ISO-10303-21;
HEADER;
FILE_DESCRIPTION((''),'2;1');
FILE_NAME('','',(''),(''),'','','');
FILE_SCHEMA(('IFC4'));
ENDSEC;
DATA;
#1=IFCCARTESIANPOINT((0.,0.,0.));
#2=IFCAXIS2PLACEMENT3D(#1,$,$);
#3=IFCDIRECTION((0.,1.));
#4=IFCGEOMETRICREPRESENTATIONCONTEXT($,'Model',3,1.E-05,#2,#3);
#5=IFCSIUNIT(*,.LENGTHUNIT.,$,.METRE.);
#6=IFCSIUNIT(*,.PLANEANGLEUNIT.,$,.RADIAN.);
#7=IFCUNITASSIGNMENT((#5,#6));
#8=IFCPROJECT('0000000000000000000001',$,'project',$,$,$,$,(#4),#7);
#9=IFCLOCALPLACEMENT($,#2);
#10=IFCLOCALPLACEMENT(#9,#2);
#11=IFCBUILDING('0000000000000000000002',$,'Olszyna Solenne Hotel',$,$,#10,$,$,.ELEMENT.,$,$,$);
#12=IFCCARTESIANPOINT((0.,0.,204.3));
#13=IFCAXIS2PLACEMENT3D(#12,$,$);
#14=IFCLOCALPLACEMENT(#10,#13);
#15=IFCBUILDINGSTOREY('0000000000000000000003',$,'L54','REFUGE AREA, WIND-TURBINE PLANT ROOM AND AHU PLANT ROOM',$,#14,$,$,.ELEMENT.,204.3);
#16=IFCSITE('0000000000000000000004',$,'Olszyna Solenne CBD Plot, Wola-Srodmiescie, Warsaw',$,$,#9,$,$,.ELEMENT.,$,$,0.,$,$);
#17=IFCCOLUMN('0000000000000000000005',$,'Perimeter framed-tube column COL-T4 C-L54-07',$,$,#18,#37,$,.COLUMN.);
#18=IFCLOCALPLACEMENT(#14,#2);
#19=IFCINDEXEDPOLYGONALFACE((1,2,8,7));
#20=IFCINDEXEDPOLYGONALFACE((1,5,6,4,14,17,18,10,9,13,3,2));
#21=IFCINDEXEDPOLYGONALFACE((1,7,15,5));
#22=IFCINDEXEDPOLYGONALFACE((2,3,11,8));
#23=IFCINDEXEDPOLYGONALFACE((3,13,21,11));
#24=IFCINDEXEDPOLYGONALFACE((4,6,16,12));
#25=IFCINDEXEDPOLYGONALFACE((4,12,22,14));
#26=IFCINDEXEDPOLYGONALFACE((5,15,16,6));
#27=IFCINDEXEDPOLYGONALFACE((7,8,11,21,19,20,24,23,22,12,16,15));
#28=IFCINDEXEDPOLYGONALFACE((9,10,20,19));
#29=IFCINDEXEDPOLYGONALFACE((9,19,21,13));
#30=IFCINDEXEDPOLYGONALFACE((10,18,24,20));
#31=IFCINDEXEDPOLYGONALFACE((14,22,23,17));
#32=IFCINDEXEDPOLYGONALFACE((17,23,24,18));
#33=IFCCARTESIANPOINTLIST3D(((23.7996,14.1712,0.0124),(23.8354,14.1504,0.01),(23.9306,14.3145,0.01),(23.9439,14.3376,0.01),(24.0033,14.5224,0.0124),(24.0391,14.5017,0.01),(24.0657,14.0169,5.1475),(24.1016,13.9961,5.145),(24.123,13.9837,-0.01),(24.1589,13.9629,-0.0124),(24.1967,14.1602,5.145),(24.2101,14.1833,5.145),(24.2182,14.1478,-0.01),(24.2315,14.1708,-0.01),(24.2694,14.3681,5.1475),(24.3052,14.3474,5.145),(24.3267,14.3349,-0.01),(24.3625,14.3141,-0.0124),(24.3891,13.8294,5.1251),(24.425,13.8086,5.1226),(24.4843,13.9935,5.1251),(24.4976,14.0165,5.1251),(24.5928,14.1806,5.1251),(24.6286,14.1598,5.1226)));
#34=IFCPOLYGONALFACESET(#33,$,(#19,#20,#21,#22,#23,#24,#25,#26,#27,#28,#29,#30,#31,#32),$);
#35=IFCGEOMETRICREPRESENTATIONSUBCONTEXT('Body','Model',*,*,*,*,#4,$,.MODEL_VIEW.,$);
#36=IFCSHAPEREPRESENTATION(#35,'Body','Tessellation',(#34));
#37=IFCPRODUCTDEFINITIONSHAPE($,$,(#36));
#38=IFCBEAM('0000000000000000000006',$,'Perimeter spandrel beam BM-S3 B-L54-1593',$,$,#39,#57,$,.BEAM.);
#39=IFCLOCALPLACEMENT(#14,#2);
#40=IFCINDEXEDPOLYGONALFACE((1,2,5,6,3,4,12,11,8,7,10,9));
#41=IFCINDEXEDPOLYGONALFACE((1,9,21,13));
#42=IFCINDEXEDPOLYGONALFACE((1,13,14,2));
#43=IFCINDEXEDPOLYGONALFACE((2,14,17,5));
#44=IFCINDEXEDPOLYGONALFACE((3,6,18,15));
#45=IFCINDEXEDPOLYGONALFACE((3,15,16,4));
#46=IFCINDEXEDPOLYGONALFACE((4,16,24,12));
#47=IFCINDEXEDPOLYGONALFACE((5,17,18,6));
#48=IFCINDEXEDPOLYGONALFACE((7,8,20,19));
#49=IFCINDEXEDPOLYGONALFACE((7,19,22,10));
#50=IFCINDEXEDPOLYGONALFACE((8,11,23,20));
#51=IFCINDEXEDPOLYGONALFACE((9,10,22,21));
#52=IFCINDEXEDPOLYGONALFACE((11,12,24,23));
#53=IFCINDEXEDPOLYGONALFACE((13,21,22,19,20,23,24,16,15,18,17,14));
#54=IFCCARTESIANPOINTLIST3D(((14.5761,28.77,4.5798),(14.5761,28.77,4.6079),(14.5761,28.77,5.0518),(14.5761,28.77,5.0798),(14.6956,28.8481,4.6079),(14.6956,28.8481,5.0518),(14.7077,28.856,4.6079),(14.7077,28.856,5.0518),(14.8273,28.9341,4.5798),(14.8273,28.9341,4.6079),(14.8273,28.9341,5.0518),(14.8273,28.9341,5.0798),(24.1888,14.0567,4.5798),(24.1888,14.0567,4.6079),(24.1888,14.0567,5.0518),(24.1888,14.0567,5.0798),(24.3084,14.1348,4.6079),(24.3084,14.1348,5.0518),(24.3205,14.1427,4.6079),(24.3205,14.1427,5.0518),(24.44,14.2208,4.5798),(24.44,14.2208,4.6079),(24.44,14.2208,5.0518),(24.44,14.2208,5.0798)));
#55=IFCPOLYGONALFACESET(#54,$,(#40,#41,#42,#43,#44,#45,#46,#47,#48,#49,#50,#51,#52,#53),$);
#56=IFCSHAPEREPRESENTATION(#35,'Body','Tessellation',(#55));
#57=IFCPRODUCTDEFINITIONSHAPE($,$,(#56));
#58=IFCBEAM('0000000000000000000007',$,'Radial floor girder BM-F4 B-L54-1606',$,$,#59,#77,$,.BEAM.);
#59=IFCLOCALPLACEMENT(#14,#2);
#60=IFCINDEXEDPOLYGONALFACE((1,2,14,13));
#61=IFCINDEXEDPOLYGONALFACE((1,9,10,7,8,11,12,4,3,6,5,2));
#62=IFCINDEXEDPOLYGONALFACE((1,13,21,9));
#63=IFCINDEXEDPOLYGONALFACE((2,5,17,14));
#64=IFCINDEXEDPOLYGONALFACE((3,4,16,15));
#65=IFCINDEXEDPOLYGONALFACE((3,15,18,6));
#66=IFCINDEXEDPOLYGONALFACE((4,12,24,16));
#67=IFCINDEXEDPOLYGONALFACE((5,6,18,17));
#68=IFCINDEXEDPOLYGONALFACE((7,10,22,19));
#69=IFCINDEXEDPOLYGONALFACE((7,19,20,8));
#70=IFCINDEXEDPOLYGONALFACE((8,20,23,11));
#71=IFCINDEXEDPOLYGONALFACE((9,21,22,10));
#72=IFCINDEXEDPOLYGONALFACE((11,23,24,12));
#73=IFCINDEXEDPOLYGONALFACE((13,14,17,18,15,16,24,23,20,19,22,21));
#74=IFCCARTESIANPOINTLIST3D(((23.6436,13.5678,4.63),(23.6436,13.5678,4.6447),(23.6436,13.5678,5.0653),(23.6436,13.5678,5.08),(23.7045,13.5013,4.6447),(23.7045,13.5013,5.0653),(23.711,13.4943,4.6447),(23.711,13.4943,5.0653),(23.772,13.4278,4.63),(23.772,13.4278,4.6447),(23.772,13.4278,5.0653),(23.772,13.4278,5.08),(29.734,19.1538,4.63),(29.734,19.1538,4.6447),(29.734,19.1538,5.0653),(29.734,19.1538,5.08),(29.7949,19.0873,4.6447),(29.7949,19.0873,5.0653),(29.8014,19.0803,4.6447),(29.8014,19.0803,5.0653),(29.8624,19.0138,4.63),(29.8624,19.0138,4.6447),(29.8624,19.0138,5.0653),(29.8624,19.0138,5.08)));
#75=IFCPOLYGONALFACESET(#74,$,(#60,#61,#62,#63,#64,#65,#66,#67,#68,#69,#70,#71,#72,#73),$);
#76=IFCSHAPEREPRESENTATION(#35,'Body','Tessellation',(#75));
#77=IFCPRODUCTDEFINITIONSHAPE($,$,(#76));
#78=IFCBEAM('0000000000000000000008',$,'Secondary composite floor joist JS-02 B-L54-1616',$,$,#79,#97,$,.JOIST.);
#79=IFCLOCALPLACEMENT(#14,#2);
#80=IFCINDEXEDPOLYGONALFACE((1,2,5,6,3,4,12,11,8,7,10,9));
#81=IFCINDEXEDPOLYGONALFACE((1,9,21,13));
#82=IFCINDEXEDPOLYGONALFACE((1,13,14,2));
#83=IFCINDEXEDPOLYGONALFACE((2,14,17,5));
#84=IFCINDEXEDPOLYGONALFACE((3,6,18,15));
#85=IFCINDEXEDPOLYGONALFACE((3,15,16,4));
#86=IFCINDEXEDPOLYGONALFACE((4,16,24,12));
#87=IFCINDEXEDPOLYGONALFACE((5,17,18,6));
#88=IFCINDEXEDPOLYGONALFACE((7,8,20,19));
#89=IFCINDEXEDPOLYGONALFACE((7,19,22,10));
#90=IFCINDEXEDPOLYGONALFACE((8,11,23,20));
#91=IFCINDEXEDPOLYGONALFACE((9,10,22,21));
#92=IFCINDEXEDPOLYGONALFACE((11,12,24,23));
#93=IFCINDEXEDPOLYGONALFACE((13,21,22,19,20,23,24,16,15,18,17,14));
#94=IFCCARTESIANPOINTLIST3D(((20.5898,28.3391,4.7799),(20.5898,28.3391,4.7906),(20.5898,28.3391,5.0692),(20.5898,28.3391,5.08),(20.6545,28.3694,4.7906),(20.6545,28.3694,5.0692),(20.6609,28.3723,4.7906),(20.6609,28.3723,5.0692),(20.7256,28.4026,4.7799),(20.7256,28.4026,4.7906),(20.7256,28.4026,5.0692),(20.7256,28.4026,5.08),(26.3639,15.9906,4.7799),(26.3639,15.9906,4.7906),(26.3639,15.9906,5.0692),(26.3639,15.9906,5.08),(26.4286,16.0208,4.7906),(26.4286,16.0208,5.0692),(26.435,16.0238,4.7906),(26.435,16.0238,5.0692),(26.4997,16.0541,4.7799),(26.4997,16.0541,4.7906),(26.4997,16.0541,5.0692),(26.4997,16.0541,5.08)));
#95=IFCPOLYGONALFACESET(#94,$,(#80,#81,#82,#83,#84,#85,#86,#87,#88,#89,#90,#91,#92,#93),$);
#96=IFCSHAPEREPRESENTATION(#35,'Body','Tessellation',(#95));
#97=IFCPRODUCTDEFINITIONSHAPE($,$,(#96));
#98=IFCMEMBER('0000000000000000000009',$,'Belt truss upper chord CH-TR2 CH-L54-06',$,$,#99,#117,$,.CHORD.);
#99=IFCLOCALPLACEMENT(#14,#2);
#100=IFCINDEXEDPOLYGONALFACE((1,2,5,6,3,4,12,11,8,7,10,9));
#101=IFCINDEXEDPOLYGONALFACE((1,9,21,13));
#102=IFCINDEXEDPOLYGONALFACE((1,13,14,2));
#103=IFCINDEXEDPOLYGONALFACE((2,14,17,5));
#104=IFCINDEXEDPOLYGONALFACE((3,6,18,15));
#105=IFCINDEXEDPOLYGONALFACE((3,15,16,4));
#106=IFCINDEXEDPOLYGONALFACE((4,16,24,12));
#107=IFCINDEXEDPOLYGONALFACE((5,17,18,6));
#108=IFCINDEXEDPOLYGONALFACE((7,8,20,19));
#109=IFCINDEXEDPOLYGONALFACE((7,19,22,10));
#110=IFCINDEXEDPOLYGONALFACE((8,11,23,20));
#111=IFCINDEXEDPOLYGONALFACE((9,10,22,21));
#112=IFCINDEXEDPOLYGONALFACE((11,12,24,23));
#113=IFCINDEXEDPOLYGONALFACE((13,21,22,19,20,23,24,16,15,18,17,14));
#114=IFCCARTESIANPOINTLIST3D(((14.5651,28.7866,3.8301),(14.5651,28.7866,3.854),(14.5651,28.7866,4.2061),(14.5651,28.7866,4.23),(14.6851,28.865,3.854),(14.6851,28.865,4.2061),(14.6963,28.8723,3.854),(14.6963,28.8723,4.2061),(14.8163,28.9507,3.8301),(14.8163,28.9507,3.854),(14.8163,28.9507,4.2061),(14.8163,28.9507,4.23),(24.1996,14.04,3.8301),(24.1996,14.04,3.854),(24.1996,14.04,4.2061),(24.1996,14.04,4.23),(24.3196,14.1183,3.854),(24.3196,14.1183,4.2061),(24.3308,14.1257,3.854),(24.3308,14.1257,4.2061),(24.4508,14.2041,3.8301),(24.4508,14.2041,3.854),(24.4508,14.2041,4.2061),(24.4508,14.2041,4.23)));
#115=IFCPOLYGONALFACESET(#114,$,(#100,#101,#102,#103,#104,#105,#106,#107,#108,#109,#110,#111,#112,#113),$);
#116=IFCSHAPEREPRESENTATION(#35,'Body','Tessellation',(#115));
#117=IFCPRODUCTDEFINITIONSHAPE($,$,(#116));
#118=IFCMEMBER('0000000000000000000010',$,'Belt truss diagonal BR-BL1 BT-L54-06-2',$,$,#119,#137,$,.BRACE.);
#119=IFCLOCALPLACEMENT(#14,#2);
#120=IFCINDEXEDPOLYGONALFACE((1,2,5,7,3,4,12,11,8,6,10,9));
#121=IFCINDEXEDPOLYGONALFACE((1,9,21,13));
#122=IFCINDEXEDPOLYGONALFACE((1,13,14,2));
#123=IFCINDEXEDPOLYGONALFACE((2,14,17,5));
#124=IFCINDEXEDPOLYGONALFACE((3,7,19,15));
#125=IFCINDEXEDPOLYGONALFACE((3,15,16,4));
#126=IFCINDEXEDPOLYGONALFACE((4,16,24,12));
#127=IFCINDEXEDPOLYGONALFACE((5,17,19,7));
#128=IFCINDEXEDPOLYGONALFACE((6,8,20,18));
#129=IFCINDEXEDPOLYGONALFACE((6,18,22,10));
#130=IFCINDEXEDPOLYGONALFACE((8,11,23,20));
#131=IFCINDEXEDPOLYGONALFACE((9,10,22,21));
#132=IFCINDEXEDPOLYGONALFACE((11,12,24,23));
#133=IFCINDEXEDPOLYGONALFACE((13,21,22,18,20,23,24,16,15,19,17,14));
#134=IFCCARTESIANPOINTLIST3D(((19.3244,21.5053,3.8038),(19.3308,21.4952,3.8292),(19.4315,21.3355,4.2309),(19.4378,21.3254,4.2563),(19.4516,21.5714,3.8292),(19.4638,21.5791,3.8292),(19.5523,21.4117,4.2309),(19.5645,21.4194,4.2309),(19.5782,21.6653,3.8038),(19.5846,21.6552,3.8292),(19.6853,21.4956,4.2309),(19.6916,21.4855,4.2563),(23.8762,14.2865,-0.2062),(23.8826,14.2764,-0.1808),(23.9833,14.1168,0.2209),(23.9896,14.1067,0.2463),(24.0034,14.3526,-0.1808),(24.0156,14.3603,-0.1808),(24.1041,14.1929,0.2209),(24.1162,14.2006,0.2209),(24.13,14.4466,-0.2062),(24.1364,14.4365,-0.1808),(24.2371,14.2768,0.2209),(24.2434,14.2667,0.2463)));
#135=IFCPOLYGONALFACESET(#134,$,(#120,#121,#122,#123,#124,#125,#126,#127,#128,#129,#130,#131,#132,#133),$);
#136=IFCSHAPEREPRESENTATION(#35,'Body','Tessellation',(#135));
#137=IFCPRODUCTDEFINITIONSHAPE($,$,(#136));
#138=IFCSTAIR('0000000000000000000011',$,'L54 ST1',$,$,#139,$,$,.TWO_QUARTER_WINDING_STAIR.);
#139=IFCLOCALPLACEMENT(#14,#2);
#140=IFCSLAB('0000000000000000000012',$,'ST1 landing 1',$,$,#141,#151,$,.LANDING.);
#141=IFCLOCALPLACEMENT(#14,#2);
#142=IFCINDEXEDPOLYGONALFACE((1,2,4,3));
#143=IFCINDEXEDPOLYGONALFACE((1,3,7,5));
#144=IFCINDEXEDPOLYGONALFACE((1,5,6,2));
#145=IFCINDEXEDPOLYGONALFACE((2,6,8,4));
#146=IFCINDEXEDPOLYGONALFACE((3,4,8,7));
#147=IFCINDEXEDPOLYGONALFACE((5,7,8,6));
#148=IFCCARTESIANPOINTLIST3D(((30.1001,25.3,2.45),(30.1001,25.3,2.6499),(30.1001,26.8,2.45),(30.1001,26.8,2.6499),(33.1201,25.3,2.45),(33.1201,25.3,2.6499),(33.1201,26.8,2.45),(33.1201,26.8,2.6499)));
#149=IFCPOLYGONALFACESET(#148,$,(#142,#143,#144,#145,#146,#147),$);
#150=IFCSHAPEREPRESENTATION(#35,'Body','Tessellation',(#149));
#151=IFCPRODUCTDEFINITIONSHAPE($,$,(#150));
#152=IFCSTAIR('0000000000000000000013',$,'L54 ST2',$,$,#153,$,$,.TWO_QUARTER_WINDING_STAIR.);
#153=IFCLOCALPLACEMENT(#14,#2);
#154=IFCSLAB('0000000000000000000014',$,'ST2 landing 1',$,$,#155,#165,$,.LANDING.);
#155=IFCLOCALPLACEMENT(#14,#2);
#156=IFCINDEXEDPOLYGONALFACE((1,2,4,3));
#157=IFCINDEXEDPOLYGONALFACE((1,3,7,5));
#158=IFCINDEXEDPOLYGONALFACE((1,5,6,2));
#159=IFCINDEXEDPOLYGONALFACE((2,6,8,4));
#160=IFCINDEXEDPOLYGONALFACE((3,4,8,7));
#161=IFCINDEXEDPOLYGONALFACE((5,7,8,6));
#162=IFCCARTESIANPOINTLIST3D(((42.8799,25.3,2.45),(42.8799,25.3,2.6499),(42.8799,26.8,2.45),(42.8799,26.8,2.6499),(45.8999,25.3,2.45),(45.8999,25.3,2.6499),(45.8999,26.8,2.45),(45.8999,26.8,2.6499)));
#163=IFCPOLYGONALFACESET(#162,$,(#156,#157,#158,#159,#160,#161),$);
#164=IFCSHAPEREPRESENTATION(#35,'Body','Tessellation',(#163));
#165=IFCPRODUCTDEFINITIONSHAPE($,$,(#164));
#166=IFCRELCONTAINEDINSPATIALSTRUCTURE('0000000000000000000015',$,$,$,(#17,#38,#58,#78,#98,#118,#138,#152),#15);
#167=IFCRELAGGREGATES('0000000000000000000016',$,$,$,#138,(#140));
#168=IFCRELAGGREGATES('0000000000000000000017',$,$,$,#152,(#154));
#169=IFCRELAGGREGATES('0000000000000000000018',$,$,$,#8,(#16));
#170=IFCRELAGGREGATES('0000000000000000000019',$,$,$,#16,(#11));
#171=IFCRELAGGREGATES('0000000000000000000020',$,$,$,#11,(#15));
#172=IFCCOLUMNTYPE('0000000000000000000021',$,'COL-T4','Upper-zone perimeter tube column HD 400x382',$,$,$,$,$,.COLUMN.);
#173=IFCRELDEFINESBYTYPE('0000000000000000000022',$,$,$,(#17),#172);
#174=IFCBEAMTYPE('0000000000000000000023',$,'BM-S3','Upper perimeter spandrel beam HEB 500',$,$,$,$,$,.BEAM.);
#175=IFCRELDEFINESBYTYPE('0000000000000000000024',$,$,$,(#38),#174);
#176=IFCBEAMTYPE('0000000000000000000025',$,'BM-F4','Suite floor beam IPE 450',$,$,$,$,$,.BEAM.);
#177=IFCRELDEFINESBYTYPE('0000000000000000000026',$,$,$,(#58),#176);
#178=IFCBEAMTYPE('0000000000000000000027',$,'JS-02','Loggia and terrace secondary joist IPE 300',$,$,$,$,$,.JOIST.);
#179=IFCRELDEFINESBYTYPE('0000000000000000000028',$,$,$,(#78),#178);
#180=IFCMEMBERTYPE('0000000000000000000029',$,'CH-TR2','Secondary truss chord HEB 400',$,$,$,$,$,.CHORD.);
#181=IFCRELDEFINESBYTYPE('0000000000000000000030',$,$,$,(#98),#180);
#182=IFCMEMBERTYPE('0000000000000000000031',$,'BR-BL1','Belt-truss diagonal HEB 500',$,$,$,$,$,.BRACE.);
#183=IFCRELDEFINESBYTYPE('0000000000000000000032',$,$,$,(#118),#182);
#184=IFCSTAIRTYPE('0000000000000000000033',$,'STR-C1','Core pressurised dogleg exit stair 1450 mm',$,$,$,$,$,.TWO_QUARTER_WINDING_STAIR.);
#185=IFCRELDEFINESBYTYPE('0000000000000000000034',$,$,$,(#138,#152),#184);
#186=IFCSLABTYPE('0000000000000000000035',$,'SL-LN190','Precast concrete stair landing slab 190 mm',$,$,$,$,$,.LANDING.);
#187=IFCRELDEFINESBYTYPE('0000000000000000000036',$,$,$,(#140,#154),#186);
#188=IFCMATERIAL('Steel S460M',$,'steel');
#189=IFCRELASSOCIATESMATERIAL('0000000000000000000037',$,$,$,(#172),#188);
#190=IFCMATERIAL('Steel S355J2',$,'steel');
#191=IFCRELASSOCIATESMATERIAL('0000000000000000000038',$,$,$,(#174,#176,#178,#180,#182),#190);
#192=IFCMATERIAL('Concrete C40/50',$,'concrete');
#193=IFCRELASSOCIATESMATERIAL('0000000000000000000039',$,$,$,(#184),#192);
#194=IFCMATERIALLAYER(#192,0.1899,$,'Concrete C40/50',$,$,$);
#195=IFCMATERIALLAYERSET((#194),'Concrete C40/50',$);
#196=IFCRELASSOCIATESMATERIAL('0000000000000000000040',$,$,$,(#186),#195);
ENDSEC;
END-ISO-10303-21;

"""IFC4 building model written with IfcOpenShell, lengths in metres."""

from ifc_helpers import new_model, si_unit, direction, frame, origin, origin_2d, place, context, subcontext, project, spatial, polyline, i_section, outline, extrude, source, transform, mapped, material, layer, layer_set, material_profile, profile_set, type_object, element, aggregate, save


model = new_model("IFC4")

# Units and contexts
model_context = context("Model", 3, precision=1e-05, world=origin(), true_north=direction((0.0, 1.0)))
body_context = subcontext(model_context, "Body", "Model", "MODEL_VIEW")
ifc_project = project(units=[si_unit("LENGTHUNIT", "METRE"), si_unit("PLANEANGLEUNIT", "RADIAN")], contexts=[model_context])

# Site, building, storey
site_placement = place(None, origin())
site = spatial("IfcSite", under=ifc_project, at=site_placement, Name="Olszyna Solenne CBD Plot, Wola-Srodmiescie, Warsaw", CompositionType="ELEMENT", RefElevation=0.0)
building_placement = place(site_placement, origin())
building = spatial("IfcBuilding", under=site, at=building_placement, Name="Olszyna Solenne Hotel", CompositionType="ELEMENT")
storey_placement = place(building_placement, frame((0.0, 0.0, 204.3)))
storey = spatial("IfcBuildingStorey", under=building, at=storey_placement, Name="L54", Description="REFUGE AREA, WIND-TURBINE PLANT ROOM AND AHU PLANT ROOM", CompositionType="ELEMENT", Elevation=204.3)

# Column
ifc_material_1 = material(Name="Steel S460M", Category="steel")
ifc_material_profile_1 = material_profile(ifc_material_1, i_section(OverallWidth=0.406, OverallDepth=0.416, WebThickness=0.0266, FlangeThickness=0.0415, at=origin_2d()), Name="HD 400x382", Category="load-bearing")
ifc_profile_set_1 = profile_set([ifc_material_profile_1], Name="Steel S460M")
column_type = type_object("IfcColumnType", Name="COL-T4", Description="Upper-zone perimeter tube column HD 400x382", PredefinedType="COLUMN", material=ifc_profile_set_1)
shared_shape_1 = source(origin(), body_context, "Body", "SweptSolid", [
    extrude(i_section(OverallWidth=0.406, OverallDepth=0.416, WebThickness=0.0266, FlangeThickness=0.0415, at=origin_2d()), origin(), (0.0, 0.0, 1.0), 5.1443),
])
column_placement = place(storey_placement, frame((24.0811, 14.2427, 0.0), z_axis=(0.051731, -0.029994, 0.998211), x_axis=(0.501599, 0.8651, 0.0)))
element("IfcColumn", 1, at=column_placement, inside=storey, type_object=column_type, Name="Perimeter framed-tube column COL-T4 C-L54-07", PredefinedType="COLUMN", context=body_context, shape_type="MappedRepresentation", body=[
    mapped(shared_shape_1, transform((0.0, 0.0, 0.0), x_axis=(1.0, 0.0, 0.0), y_axis=(0.0, 1.0, 0.0), z_axis=(0.0, 0.0, 1.0), scale=1.0)),
])

# Beams
ifc_material_2 = material(Name="Steel S355J2", Category="steel")
ifc_material_profile_2 = material_profile(ifc_material_2, i_section(OverallWidth=0.3, OverallDepth=0.5, WebThickness=0.0144, FlangeThickness=0.0281, at=origin_2d()), Name="HEB 500", Category="load-bearing")
ifc_profile_set_2 = profile_set([ifc_material_profile_2], Name="Steel S355J2")
beam_type_1 = type_object("IfcBeamType", Name="BM-S3", Description="Upper perimeter spandrel beam HEB 500", PredefinedType="BEAM", material=ifc_profile_set_2)
shared_shape_2 = source(origin(), body_context, "Body", "SweptSolid", [
    extrude(i_section(OverallWidth=0.3, OverallDepth=0.5, WebThickness=0.0144, FlangeThickness=0.0281, at=origin_2d()), origin(), (0.0, 0.0, 1.0), 17.5752),
])
beam_1_placement = place(storey_placement, frame((14.7017, 28.8521, 4.8298), z_axis=(0.546951, -0.837165, 0.0), x_axis=(0.837165, 0.546951, 0.0)))
element("IfcBeam", 2, at=beam_1_placement, inside=storey, type_object=beam_type_1, Name="Perimeter spandrel beam BM-S3 B-L54-1593", PredefinedType="BEAM", context=body_context, shape_type="MappedRepresentation", body=[
    mapped(shared_shape_2, transform((0.0, 0.0, 0.0), x_axis=(1.0, 0.0, 0.0), y_axis=(0.0, 1.0, 0.0), z_axis=(0.0, 0.0, 1.0), scale=1.0)),
])
ifc_material_profile_3 = material_profile(ifc_material_2, i_section(OverallWidth=0.1899, OverallDepth=0.45, WebThickness=0.0095, FlangeThickness=0.0146, at=origin_2d()), Name="IPE 450", Category="load-bearing")
ifc_profile_set_3 = profile_set([ifc_material_profile_3], Name="Steel S355J2")
beam_type_2 = type_object("IfcBeamType", Name="BM-F4", Description="Suite floor beam IPE 450", PredefinedType="BEAM", material=ifc_profile_set_3)
shared_shape_3 = source(origin(), body_context, "Body", "SweptSolid", [
    extrude(i_section(OverallWidth=0.1899, OverallDepth=0.45, WebThickness=0.0095, FlangeThickness=0.0146, at=origin_2d()), origin(), (0.0, 0.0, 1.0), 8.2642),
])
beam_2_placement = place(storey_placement, frame((23.7078, 13.4978, 4.855), z_axis=(0.736965, 0.675931, 0.0), x_axis=(-0.675931, 0.736965, 0.0)))
element("IfcBeam", 3, at=beam_2_placement, inside=storey, type_object=beam_type_2, Name="Radial floor girder BM-F4 B-L54-1606", PredefinedType="BEAM", context=body_context, shape_type="MappedRepresentation", body=[
    mapped(shared_shape_3, transform((0.0, 0.0, 0.0), x_axis=(1.0, 0.0, 0.0), y_axis=(0.0, 1.0, 0.0), z_axis=(0.0, 0.0, 1.0), scale=1.0)),
])
ifc_material_profile_4 = material_profile(ifc_material_2, i_section(OverallWidth=0.1499, OverallDepth=0.3, WebThickness=0.0071, FlangeThickness=0.0107, at=origin_2d()), Name="IPE 300", Category="load-bearing")
ifc_profile_set_4 = profile_set([ifc_material_profile_4], Name="Steel S355J2")
beam_type_3 = type_object("IfcBeamType", Name="JS-02", Description="Loggia and terrace secondary joist IPE 300", PredefinedType="JOIST", material=ifc_profile_set_4)
shared_shape_4 = source(origin(), body_context, "Body", "SweptSolid", [
    extrude(i_section(OverallWidth=0.1499, OverallDepth=0.3, WebThickness=0.0071, FlangeThickness=0.0107, at=origin_2d()), origin(), (0.0, 0.0, 1.0), 13.6318),
])
beam_3_placement = place(storey_placement, frame((20.6577, 28.3708, 4.9299), z_axis=(0.423577, -0.90586, 0.0), x_axis=(0.90586, 0.423577, 0.0)))
element("IfcBeam", 4, at=beam_3_placement, inside=storey, type_object=beam_type_3, Name="Secondary composite floor joist JS-02 B-L54-1616", PredefinedType="JOIST", context=body_context, shape_type="MappedRepresentation", body=[
    mapped(shared_shape_4, transform((0.0, 0.0, 0.0), x_axis=(1.0, 0.0, 0.0), y_axis=(0.0, 1.0, 0.0), z_axis=(0.0, 0.0, 1.0), scale=1.0)),
])

# Members
ifc_material_profile_5 = material_profile(ifc_material_2, i_section(OverallWidth=0.3, OverallDepth=0.3999, WebThickness=0.0134, FlangeThickness=0.0239, at=origin_2d()), Name="HEB 400", Category="load-bearing")
ifc_profile_set_5 = profile_set([ifc_material_profile_5], Name="Steel S355J2")
member_type_1 = type_object("IfcMemberType", Name="CH-TR2", Description="Secondary truss chord HEB 400", PredefinedType="CHORD", material=ifc_profile_set_5)
shared_shape_5 = source(origin(), body_context, "Body", "SweptSolid", [
    extrude(i_section(OverallWidth=0.3, OverallDepth=0.3999, WebThickness=0.0134, FlangeThickness=0.0239, at=origin_2d()), origin(), (0.0, 0.0, 1.0), 17.615),
])
member_1_placement = place(storey_placement, frame((14.6907, 28.8687, 4.03), z_axis=(0.546952, -0.837164, 0.0), x_axis=(0.837164, 0.546952, 0.0)))
element("IfcMember", 5, at=member_1_placement, inside=storey, type_object=member_type_1, Name="Belt truss upper chord CH-TR2 CH-L54-06", PredefinedType="CHORD", context=body_context, shape_type="MappedRepresentation", body=[
    mapped(shared_shape_5, transform((0.0, 0.0, 0.0), x_axis=(1.0, 0.0, 0.0), y_axis=(0.0, 1.0, 0.0), z_axis=(0.0, 0.0, 1.0), scale=1.0)),
])
ifc_material_profile_6 = material_profile(ifc_material_2, i_section(OverallWidth=0.3, OverallDepth=0.5, WebThickness=0.0144, FlangeThickness=0.0281, at=origin_2d()), Name="HEB 500", Category="load-bearing")
ifc_profile_set_6 = profile_set([ifc_material_profile_6], Name="Steel S355J2")
member_type_2 = type_object("IfcMemberType", Name="BR-BL1", Description="Belt-truss diagonal HEB 500", PredefinedType="BRACE", material=ifc_profile_set_6)
shared_shape_6 = source(origin(), body_context, "Body", "SweptSolid", [
    extrude(i_section(OverallWidth=0.3, OverallDepth=0.5, WebThickness=0.0144, FlangeThickness=0.0281, at=origin_2d()), origin(), (0.0, 0.0, 1.0), 9.4292),
])
member_2_placement = place(storey_placement, frame((24.0598, 14.2766, 0.02), z_axis=(-0.482732, 0.765577, 0.425278), x_axis=(-0.845883, -0.533369, 0.0)))
element("IfcMember", 6, at=member_2_placement, inside=storey, type_object=member_type_2, Name="Belt truss diagonal BR-BL1 BT-L54-06-2", PredefinedType="BRACE", context=body_context, shape_type="MappedRepresentation", body=[
    mapped(shared_shape_6, transform((0.0, 0.0, 0.0), x_axis=(1.0, 0.0, 0.0), y_axis=(0.0, 1.0, 0.0), z_axis=(0.0, 0.0, 1.0), scale=1.0)),
])

# Stairs, slabs
ifc_material_3 = material(Name="Concrete C40/50", Category="concrete")
stair_type = type_object("IfcStairType", Name="STR-C1", Description="Core pressurised dogleg exit stair 1450 mm", PredefinedType="TWO_QUARTER_WINDING_STAIR", material=ifc_material_3)
stair_1_placement = place(storey_placement, origin())
stair_1 = element("IfcStair", 7, at=stair_1_placement, inside=storey, type_object=stair_type, Name="L54 ST1", PredefinedType="TWO_QUARTER_WINDING_STAIR")
ifc_layer_1 = layer(ifc_material_3, 0.1899, Name="Concrete C40/50")
ifc_layer_set_1 = layer_set([ifc_layer_1], Name="Concrete C40/50")
slab_type_1 = type_object("IfcSlabType", Name="SL-LN190", Description="Precast concrete stair landing slab 190 mm", PredefinedType="LANDING", material=ifc_layer_set_1)
slab_1_placement = place(storey_placement, frame((0.0, 0.0, 2.45)))
slab_1 = element("IfcSlab", 8, at=slab_1_placement, type_object=slab_type_1, Name="ST1 landing 1", PredefinedType="LANDING", context=body_context, shape_type="SweptSolid", body=[
    extrude(outline(polyline([(33.1201, 25.3), (33.1201, 26.8), (30.1001, 26.8), (30.1001, 25.3), (33.1201, 25.3)])), origin(), (0.0, 0.0, 1.0), 0.2),
])
aggregate(stair_1, [slab_1])
stair_2_placement = place(storey_placement, origin())
stair_2 = element("IfcStair", 9, at=stair_2_placement, inside=storey, type_object=stair_type, Name="L54 ST2", PredefinedType="TWO_QUARTER_WINDING_STAIR")
slab_2_placement = place(storey_placement, frame((0.0, 0.0, 2.45)))
slab_2 = element("IfcSlab", 10, at=slab_2_placement, type_object=slab_type_1, Name="ST2 landing 1", PredefinedType="LANDING", context=body_context, shape_type="SweptSolid", body=[
    extrude(outline(polyline([(45.8999, 25.3), (45.8999, 26.8), (42.8799, 26.8), (42.8799, 25.3), (45.8999, 25.3)])), origin(), (0.0, 0.0, 1.0), 0.2),
])
aggregate(stair_2, [slab_2])

save(model, "model.ifc")
